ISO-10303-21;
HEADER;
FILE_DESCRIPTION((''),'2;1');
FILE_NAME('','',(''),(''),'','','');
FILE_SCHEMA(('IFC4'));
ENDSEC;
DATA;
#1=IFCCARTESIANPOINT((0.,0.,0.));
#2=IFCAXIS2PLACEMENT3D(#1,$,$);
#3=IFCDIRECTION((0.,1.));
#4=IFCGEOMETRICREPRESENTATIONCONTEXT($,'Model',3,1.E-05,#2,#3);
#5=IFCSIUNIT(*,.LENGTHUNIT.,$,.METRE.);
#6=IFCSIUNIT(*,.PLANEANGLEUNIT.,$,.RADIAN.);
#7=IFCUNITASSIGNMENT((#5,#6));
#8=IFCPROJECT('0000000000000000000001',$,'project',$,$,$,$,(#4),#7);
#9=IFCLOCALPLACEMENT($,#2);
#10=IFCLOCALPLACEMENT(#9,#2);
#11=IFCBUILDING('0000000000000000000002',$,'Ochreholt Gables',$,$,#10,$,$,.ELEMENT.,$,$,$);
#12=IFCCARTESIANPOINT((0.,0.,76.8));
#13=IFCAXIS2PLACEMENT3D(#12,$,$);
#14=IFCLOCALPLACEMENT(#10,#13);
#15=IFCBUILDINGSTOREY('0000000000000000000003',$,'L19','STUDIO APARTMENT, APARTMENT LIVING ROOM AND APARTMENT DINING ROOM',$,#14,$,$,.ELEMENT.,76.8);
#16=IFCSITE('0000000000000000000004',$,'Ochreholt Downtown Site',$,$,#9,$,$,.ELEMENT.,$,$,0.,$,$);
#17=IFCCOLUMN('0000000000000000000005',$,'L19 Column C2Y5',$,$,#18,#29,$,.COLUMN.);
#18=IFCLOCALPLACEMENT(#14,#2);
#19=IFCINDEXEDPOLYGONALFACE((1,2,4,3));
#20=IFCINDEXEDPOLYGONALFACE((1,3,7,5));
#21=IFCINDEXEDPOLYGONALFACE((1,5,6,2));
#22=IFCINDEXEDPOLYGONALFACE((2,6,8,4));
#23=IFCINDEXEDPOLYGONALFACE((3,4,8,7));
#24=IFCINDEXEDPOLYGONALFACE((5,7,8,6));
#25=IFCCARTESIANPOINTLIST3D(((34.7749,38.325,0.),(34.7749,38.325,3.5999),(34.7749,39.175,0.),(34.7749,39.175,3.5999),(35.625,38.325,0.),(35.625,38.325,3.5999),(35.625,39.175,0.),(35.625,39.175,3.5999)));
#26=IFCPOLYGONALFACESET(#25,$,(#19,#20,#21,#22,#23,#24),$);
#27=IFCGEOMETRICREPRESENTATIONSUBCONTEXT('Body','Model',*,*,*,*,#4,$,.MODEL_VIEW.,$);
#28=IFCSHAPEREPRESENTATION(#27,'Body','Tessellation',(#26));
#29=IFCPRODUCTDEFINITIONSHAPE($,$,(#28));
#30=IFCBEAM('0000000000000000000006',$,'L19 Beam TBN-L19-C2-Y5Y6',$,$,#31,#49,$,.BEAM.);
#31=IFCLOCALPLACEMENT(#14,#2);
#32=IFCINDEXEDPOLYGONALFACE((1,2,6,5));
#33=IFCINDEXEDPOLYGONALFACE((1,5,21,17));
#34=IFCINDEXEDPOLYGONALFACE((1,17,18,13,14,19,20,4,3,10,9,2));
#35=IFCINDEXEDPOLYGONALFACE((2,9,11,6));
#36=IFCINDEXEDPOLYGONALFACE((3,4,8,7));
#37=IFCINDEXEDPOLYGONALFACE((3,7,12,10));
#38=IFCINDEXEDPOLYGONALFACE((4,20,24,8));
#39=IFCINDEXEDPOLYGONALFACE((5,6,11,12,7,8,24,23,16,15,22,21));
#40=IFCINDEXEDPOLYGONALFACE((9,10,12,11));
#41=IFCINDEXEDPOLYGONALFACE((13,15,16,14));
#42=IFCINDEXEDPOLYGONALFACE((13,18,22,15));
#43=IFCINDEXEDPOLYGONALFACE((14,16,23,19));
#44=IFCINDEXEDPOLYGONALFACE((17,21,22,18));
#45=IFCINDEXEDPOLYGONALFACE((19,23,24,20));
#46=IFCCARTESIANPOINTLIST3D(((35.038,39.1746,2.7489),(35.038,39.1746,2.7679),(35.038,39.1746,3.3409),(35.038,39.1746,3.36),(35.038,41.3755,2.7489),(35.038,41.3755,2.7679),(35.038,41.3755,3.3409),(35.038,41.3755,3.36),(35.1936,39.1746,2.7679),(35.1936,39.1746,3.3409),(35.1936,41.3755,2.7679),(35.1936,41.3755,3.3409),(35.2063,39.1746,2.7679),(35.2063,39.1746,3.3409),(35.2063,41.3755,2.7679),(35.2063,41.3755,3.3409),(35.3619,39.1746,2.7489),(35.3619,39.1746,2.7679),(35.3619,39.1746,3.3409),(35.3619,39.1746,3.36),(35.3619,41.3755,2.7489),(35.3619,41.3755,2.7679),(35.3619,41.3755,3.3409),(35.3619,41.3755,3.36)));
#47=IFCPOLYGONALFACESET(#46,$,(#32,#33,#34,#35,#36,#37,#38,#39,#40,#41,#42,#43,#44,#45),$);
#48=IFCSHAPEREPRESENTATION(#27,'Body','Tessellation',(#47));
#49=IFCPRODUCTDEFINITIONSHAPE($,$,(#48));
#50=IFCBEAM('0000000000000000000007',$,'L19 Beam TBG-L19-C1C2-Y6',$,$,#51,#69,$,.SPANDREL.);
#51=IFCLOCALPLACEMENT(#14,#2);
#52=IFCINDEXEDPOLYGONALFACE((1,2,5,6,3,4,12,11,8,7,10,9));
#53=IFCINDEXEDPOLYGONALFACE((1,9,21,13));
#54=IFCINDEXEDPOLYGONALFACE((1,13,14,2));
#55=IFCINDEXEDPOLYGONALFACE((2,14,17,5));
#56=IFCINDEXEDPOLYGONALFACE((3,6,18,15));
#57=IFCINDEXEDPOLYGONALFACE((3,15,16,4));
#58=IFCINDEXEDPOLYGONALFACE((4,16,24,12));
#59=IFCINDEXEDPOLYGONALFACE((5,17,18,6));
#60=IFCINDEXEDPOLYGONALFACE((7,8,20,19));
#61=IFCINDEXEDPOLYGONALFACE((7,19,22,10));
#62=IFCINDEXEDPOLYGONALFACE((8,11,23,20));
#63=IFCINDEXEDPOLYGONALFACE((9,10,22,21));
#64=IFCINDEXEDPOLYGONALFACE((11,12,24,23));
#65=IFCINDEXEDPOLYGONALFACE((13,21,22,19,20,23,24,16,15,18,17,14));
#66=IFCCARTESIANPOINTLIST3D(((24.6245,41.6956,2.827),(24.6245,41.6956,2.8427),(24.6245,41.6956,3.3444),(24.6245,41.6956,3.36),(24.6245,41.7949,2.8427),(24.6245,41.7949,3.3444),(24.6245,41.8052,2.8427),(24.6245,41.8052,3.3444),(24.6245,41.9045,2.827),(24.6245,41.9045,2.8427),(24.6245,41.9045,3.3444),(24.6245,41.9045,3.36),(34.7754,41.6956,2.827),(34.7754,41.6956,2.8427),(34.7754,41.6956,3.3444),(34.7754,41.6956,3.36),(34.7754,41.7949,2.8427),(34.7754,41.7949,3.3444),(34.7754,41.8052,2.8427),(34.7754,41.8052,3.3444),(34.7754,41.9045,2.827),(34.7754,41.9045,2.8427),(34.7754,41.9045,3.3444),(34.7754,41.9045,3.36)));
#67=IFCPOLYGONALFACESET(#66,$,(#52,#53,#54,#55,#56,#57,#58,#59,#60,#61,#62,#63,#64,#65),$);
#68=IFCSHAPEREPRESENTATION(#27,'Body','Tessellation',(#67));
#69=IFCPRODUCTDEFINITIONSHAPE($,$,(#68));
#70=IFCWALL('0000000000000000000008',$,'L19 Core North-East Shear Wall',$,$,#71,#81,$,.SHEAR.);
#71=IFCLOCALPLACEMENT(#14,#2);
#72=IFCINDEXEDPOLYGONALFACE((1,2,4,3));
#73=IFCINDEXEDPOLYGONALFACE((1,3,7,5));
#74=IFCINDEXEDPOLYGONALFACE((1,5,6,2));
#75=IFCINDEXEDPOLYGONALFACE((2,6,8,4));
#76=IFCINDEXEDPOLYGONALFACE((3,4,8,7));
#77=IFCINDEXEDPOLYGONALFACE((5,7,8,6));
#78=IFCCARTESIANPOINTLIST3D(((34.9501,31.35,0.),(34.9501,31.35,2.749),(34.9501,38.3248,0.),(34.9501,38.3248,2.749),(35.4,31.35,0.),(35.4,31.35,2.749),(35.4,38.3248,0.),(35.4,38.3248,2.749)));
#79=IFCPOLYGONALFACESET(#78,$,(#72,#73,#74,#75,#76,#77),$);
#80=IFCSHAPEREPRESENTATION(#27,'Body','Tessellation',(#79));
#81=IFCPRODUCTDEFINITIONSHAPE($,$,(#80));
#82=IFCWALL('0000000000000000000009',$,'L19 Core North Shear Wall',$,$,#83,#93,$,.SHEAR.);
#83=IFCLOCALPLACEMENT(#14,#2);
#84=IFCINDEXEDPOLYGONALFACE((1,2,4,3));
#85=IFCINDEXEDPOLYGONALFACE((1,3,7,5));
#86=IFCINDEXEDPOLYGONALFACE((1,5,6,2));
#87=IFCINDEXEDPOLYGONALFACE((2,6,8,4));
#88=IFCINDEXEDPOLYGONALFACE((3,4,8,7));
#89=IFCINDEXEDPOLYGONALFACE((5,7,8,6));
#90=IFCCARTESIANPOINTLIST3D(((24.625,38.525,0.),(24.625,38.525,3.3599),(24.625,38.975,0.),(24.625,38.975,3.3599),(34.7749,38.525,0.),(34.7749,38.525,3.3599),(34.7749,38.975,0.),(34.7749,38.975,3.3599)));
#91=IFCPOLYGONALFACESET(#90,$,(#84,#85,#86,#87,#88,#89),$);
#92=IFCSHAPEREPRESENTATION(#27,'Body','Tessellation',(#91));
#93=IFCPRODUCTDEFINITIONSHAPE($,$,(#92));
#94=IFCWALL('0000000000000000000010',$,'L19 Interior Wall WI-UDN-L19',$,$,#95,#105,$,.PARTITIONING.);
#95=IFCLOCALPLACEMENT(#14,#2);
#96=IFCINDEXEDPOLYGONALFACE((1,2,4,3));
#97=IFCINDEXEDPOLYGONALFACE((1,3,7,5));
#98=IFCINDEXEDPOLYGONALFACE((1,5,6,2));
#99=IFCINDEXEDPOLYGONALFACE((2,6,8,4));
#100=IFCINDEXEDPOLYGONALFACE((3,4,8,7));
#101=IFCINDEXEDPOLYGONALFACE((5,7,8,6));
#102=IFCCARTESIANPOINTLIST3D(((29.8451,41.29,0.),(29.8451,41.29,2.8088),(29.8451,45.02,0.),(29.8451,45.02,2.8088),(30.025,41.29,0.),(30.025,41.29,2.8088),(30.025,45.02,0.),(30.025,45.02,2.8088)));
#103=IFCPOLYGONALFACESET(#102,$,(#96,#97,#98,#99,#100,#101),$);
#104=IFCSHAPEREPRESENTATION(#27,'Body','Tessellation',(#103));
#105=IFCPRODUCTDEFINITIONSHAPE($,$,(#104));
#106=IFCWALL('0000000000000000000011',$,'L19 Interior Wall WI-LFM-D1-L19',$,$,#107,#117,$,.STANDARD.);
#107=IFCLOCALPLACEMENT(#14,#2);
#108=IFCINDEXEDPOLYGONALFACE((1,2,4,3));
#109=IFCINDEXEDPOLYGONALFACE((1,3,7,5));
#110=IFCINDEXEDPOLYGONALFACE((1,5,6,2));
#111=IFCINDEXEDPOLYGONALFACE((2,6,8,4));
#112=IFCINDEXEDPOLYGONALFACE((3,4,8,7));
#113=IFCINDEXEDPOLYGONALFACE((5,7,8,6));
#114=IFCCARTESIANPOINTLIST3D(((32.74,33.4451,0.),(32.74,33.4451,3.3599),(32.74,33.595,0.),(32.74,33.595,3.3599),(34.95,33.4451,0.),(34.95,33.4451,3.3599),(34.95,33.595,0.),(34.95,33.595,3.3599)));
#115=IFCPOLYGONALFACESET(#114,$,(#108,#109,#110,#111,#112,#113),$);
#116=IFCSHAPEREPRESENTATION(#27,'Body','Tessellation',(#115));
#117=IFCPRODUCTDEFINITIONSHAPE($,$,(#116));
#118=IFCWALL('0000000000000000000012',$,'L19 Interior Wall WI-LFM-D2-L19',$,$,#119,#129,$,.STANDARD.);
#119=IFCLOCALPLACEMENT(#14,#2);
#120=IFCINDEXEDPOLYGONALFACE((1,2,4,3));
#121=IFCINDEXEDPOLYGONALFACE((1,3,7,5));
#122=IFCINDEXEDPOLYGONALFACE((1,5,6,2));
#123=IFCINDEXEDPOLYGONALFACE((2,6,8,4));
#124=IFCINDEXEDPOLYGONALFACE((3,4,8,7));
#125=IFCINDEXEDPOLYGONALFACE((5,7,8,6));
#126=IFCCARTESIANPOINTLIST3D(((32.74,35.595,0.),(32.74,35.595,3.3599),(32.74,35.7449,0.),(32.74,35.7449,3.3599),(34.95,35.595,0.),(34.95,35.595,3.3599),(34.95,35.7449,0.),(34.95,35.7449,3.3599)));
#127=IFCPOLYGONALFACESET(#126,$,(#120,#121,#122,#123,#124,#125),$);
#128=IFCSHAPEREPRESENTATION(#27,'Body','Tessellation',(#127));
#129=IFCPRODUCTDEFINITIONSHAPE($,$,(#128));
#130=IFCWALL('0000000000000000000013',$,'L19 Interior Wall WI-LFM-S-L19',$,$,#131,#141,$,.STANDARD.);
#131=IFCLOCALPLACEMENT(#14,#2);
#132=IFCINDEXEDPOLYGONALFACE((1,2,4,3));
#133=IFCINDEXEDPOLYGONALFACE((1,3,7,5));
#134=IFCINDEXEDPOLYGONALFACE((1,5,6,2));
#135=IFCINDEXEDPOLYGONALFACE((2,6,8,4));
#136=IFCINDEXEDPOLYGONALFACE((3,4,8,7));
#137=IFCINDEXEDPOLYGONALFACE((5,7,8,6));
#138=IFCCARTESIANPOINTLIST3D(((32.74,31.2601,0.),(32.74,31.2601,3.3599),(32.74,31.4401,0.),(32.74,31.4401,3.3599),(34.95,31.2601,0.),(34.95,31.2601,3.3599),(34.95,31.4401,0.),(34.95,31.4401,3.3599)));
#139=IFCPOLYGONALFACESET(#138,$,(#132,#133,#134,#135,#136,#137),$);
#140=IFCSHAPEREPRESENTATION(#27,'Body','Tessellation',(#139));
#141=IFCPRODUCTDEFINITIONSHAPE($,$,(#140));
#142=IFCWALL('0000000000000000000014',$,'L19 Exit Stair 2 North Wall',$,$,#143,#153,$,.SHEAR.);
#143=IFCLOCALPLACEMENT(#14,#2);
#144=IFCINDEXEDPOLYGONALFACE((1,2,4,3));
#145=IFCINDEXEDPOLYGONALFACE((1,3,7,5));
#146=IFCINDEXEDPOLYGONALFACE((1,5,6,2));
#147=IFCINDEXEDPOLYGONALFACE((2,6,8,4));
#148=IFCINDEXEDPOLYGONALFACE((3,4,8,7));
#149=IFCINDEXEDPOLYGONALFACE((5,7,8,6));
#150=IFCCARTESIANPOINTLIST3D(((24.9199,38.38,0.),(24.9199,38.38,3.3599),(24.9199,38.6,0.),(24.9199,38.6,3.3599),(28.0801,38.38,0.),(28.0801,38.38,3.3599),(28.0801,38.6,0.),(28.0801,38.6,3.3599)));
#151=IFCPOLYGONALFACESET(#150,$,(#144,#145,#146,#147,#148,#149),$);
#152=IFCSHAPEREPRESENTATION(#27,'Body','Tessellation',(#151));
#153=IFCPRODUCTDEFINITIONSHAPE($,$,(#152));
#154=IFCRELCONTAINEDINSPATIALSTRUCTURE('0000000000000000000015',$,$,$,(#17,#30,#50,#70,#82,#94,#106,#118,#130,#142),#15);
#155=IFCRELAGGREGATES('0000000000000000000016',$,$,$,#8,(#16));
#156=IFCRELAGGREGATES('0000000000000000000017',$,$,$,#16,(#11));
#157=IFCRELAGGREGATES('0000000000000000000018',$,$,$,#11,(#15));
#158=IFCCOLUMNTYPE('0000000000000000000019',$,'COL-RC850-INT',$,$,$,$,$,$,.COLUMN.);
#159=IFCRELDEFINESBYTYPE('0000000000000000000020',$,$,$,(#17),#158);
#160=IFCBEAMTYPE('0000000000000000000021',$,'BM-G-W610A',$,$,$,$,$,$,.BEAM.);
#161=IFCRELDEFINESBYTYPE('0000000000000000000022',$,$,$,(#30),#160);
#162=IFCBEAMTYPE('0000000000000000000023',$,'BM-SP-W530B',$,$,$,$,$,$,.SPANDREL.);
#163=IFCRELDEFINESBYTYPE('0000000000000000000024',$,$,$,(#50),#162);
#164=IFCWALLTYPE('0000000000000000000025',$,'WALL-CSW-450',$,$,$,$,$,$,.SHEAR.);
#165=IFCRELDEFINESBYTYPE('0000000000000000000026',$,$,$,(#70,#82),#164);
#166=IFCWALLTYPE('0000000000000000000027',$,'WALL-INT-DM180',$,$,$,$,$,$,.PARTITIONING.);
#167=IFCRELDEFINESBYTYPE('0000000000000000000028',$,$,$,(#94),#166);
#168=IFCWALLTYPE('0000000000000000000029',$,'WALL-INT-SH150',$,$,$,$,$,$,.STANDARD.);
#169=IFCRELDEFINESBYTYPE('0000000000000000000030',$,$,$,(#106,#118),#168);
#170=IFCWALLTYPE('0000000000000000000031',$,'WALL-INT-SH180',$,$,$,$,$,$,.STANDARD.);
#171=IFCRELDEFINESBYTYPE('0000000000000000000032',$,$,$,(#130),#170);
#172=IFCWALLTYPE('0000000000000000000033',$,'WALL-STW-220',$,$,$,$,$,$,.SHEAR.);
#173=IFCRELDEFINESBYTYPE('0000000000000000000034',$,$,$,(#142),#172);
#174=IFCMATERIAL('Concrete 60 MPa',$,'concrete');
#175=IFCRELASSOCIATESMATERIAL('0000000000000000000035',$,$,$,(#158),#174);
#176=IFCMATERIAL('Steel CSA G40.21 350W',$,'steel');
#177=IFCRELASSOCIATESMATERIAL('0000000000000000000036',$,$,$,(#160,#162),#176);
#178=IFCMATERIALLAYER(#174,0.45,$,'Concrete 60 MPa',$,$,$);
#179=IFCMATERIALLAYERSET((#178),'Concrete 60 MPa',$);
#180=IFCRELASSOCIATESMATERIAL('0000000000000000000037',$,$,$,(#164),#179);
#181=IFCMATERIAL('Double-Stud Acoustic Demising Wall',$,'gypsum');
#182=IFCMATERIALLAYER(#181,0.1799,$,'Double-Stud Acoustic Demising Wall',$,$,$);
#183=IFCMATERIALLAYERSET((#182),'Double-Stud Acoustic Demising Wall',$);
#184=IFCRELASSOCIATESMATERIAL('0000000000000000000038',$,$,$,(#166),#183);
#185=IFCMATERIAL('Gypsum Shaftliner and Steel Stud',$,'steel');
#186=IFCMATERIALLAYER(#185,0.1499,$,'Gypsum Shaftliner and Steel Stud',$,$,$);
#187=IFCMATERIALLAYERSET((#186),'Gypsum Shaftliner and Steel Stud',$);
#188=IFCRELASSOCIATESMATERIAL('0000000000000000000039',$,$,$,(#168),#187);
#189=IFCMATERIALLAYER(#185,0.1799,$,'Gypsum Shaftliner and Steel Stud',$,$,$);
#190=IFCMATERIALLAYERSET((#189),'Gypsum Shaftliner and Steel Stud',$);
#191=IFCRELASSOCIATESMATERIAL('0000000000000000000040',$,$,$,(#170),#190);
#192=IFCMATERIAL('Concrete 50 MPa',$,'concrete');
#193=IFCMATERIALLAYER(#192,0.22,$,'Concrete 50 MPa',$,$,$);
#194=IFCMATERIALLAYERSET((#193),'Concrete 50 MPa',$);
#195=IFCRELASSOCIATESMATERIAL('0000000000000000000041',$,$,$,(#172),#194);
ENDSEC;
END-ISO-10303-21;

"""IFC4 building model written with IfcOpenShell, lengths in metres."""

from ifc_helpers import new_model, si_unit, direction, frame, frame_2d, origin, origin_2d, place, context, subcontext, project, spatial, rectangle, i_section, extrude, material, layer, layer_set, material_profile, profile_set, type_object, element, save


model = new_model("IFC4")

# Units and contexts
model_context = context("Model", 3, precision=1e-05, world=origin(), true_north=direction((0.0, 1.0)))
body_context = subcontext(model_context, "Body", "Model", "MODEL_VIEW")
ifc_project = project(units=[si_unit("LENGTHUNIT", "METRE"), si_unit("PLANEANGLEUNIT", "RADIAN")], contexts=[model_context])

# Site, building, storey
site_placement = place(None, origin())
site = spatial("IfcSite", under=ifc_project, at=site_placement, Name="Ochreholt Downtown Site", CompositionType="ELEMENT", RefElevation=0.0)
building_placement = place(site_placement, origin())
building = spatial("IfcBuilding", under=site, at=building_placement, Name="Ochreholt Gables", CompositionType="ELEMENT")
storey_placement = place(building_placement, frame((0.0, 0.0, 76.8)))
storey = spatial("IfcBuildingStorey", under=building, at=storey_placement, Name="L19", Description="STUDIO APARTMENT, APARTMENT LIVING ROOM AND APARTMENT DINING ROOM", CompositionType="ELEMENT", Elevation=76.8)

# Column
ifc_material_1 = material(Name="Concrete 60 MPa", Category="concrete")
ifc_material_profile_1 = material_profile(ifc_material_1, rectangle(XDim=0.8501, YDim=0.8501, at=origin_2d()), Name="RC850X850")
ifc_profile_set_1 = profile_set([ifc_material_profile_1], Name="Concrete 60 MPa")
column_type = type_object("IfcColumnType", Name="COL-RC850-INT", PredefinedType="COLUMN", material=ifc_profile_set_1)
column_placement = place(storey_placement, frame((35.2, 38.75, 0.0), z_axis=(0.0, 0.0, 1.0), x_axis=(1.0, 0.0, 0.0)))
element("IfcColumn", 1, at=column_placement, inside=storey, type_object=column_type, Name="L19 Column C2Y5", PredefinedType="COLUMN", context=body_context, shape_type="SweptSolid", body=[
    extrude(rectangle(XDim=0.8501, YDim=0.8501, at=origin_2d()), origin(), (0.0, 0.0, 1.0), 3.5999),
])

# Beams
ifc_material_2 = material(Name="Steel CSA G40.21 350W", Category="steel")
ifc_material_profile_2 = material_profile(ifc_material_2, i_section(OverallWidth=0.324, OverallDepth=0.6111, WebThickness=0.0127, FlangeThickness=0.019, at=origin_2d()), Name="W610X155")
ifc_profile_set_2 = profile_set([ifc_material_profile_2], Name="Steel CSA G40.21 350W")
beam_type_1 = type_object("IfcBeamType", Name="BM-G-W610A", PredefinedType="BEAM", material=ifc_profile_set_2)
beam_1_placement = place(storey_placement, frame((35.2, 39.1746, 3.0544), z_axis=(0.0, 1.0, 0.0), x_axis=(-1.0, 0.0, 0.0)))
element("IfcBeam", 2, at=beam_1_placement, inside=storey, type_object=beam_type_1, Name="L19 Beam TBN-L19-C2-Y5Y6", PredefinedType="BEAM", context=body_context, shape_type="SweptSolid", body=[
    extrude(i_section(OverallWidth=0.324, OverallDepth=0.6111, WebThickness=0.0127, FlangeThickness=0.019, at=origin_2d()), origin(), (0.0, 0.0, 1.0), 2.2009),
])
ifc_material_profile_3 = material_profile(ifc_material_2, i_section(OverallWidth=0.209, OverallDepth=0.533, WebThickness=0.0103, FlangeThickness=0.0156, at=origin_2d()), Name="W530X92")
ifc_profile_set_3 = profile_set([ifc_material_profile_3], Name="Steel CSA G40.21 350W")
beam_type_2 = type_object("IfcBeamType", Name="BM-SP-W530B", PredefinedType="SPANDREL", material=ifc_profile_set_3)
beam_2_placement = place(storey_placement, frame((24.6245, 41.8, 3.0935), z_axis=(1.0, 0.0, 0.0), x_axis=(0.0, 1.0, 0.0)))
element("IfcBeam", 3, at=beam_2_placement, inside=storey, type_object=beam_type_2, Name="L19 Beam TBG-L19-C1C2-Y6", PredefinedType="SPANDREL", context=body_context, shape_type="SweptSolid", body=[
    extrude(i_section(OverallWidth=0.209, OverallDepth=0.533, WebThickness=0.0103, FlangeThickness=0.0156, at=origin_2d()), origin(), (0.0, 0.0, 1.0), 10.1509),
])

# Walls
ifc_layer_1 = layer(ifc_material_1, 0.45, Name="Concrete 60 MPa")
ifc_layer_set_1 = layer_set([ifc_layer_1], Name="Concrete 60 MPa")
wall_type_1 = type_object("IfcWallType", Name="WALL-CSW-450", PredefinedType="SHEAR", material=ifc_layer_set_1)
wall_1_placement = place(storey_placement, frame((35.175, 31.3501, 0.0), z_axis=(0.0, 0.0, 1.0), x_axis=(0.0, 1.0, 0.0)))
element("IfcWall", 4, at=wall_1_placement, inside=storey, type_object=wall_type_1, Name="L19 Core North-East Shear Wall", PredefinedType="SHEAR", context=body_context, shape_type="SweptSolid", body=[
    extrude(rectangle(XDim=6.9749, YDim=0.45, at=frame_2d((3.4873, 0.0))), origin(), (0.0, 0.0, 1.0), 2.749),
])
wall_2_placement = place(storey_placement, frame((24.625, 38.75, 0.0), z_axis=(0.0, 0.0, 1.0), x_axis=(1.0, 0.0, 0.0)))
element("IfcWall", 5, at=wall_2_placement, inside=storey, type_object=wall_type_1, Name="L19 Core North Shear Wall", PredefinedType="SHEAR", context=body_context, shape_type="SweptSolid", body=[
    extrude(rectangle(XDim=10.1499, YDim=0.45, at=frame_2d((5.075, 0.0))), origin(), (0.0, 0.0, 1.0), 3.3599),
])
ifc_material_3 = material(Name="Double-Stud Acoustic Demising Wall", Category="gypsum")
ifc_layer_2 = layer(ifc_material_3, 0.1799, Name="Double-Stud Acoustic Demising Wall")
ifc_layer_set_2 = layer_set([ifc_layer_2], Name="Double-Stud Acoustic Demising Wall")
wall_type_2 = type_object("IfcWallType", Name="WALL-INT-DM180", PredefinedType="PARTITIONING", material=ifc_layer_set_2)
wall_3_placement = place(storey_placement, frame((29.9351, 41.29, 0.0), z_axis=(0.0, 0.0, 1.0), x_axis=(0.0, 1.0, 0.0)))
element("IfcWall", 6, at=wall_3_placement, inside=storey, type_object=wall_type_2, Name="L19 Interior Wall WI-UDN-L19", PredefinedType="PARTITIONING", context=body_context, shape_type="SweptSolid", body=[
    extrude(rectangle(XDim=3.73, YDim=0.1799, at=frame_2d((1.865, 0.0))), origin(), (0.0, 0.0, 1.0), 2.8088),
])
ifc_material_4 = material(Name="Gypsum Shaftliner and Steel Stud", Category="steel")
ifc_layer_3 = layer(ifc_material_4, 0.1499, Name="Gypsum Shaftliner and Steel Stud")
ifc_layer_set_3 = layer_set([ifc_layer_3], Name="Gypsum Shaftliner and Steel Stud")
wall_type_3 = type_object("IfcWallType", Name="WALL-INT-SH150", PredefinedType="STANDARD", material=ifc_layer_set_3)
for number, where, z_axis, x_axis, name in (
    (7, (32.74, 33.52, 0.0), (0.0, 0.0, 1.0), (1.0, 0.0, 0.0), "L19 Interior Wall WI-LFM-D1-L19"),
    (8, (32.74, 35.6699, 0.0), (0.0, 0.0, 1.0), (1.0, 0.0, 0.0), "L19 Interior Wall WI-LFM-D2-L19"),
):
    element("IfcWall", number, at=place(storey_placement, frame(where, z_axis=z_axis, x_axis=x_axis)), inside=storey, type_object=wall_type_3, Name=name, PredefinedType="STANDARD", context=body_context, shape_type="SweptSolid", body=[
        extrude(rectangle(XDim=2.21, YDim=0.1499, at=frame_2d((1.105, 0.0))), origin(), (0.0, 0.0, 1.0), 3.3599),
    ])
ifc_layer_4 = layer(ifc_material_4, 0.1799, Name="Gypsum Shaftliner and Steel Stud")
ifc_layer_set_4 = layer_set([ifc_layer_4], Name="Gypsum Shaftliner and Steel Stud")
wall_type_4 = type_object("IfcWallType", Name="WALL-INT-SH180", PredefinedType="STANDARD", material=ifc_layer_set_4)
wall_4_placement = place(storey_placement, frame((32.74, 31.3501, 0.0), z_axis=(0.0, 0.0, 1.0), x_axis=(1.0, 0.0, 0.0)))
element("IfcWall", 9, at=wall_4_placement, inside=storey, type_object=wall_type_4, Name="L19 Interior Wall WI-LFM-S-L19", PredefinedType="STANDARD", context=body_context, shape_type="SweptSolid", body=[
    extrude(rectangle(XDim=2.21, YDim=0.1799, at=frame_2d((1.105, 0.0))), origin(), (0.0, 0.0, 1.0), 3.3599),
])
ifc_material_5 = material(Name="Concrete 50 MPa", Category="concrete")
ifc_layer_5 = layer(ifc_material_5, 0.22, Name="Concrete 50 MPa")
ifc_layer_set_5 = layer_set([ifc_layer_5], Name="Concrete 50 MPa")
wall_type_5 = type_object("IfcWallType", Name="WALL-STW-220", PredefinedType="SHEAR", material=ifc_layer_set_5)
wall_5_placement = place(storey_placement, frame((24.9199, 38.49, 0.0), z_axis=(0.0, 0.0, 1.0), x_axis=(1.0, 0.0, 0.0)))
element("IfcWall", 10, at=wall_5_placement, inside=storey, type_object=wall_type_5, Name="L19 Exit Stair 2 North Wall", PredefinedType="SHEAR", context=body_context, shape_type="SweptSolid", body=[
    extrude(rectangle(XDim=3.1602, YDim=0.22, at=frame_2d((1.5801, 0.0))), origin(), (0.0, 0.0, 1.0), 3.3599),
])

save(model, "model.ifc")
